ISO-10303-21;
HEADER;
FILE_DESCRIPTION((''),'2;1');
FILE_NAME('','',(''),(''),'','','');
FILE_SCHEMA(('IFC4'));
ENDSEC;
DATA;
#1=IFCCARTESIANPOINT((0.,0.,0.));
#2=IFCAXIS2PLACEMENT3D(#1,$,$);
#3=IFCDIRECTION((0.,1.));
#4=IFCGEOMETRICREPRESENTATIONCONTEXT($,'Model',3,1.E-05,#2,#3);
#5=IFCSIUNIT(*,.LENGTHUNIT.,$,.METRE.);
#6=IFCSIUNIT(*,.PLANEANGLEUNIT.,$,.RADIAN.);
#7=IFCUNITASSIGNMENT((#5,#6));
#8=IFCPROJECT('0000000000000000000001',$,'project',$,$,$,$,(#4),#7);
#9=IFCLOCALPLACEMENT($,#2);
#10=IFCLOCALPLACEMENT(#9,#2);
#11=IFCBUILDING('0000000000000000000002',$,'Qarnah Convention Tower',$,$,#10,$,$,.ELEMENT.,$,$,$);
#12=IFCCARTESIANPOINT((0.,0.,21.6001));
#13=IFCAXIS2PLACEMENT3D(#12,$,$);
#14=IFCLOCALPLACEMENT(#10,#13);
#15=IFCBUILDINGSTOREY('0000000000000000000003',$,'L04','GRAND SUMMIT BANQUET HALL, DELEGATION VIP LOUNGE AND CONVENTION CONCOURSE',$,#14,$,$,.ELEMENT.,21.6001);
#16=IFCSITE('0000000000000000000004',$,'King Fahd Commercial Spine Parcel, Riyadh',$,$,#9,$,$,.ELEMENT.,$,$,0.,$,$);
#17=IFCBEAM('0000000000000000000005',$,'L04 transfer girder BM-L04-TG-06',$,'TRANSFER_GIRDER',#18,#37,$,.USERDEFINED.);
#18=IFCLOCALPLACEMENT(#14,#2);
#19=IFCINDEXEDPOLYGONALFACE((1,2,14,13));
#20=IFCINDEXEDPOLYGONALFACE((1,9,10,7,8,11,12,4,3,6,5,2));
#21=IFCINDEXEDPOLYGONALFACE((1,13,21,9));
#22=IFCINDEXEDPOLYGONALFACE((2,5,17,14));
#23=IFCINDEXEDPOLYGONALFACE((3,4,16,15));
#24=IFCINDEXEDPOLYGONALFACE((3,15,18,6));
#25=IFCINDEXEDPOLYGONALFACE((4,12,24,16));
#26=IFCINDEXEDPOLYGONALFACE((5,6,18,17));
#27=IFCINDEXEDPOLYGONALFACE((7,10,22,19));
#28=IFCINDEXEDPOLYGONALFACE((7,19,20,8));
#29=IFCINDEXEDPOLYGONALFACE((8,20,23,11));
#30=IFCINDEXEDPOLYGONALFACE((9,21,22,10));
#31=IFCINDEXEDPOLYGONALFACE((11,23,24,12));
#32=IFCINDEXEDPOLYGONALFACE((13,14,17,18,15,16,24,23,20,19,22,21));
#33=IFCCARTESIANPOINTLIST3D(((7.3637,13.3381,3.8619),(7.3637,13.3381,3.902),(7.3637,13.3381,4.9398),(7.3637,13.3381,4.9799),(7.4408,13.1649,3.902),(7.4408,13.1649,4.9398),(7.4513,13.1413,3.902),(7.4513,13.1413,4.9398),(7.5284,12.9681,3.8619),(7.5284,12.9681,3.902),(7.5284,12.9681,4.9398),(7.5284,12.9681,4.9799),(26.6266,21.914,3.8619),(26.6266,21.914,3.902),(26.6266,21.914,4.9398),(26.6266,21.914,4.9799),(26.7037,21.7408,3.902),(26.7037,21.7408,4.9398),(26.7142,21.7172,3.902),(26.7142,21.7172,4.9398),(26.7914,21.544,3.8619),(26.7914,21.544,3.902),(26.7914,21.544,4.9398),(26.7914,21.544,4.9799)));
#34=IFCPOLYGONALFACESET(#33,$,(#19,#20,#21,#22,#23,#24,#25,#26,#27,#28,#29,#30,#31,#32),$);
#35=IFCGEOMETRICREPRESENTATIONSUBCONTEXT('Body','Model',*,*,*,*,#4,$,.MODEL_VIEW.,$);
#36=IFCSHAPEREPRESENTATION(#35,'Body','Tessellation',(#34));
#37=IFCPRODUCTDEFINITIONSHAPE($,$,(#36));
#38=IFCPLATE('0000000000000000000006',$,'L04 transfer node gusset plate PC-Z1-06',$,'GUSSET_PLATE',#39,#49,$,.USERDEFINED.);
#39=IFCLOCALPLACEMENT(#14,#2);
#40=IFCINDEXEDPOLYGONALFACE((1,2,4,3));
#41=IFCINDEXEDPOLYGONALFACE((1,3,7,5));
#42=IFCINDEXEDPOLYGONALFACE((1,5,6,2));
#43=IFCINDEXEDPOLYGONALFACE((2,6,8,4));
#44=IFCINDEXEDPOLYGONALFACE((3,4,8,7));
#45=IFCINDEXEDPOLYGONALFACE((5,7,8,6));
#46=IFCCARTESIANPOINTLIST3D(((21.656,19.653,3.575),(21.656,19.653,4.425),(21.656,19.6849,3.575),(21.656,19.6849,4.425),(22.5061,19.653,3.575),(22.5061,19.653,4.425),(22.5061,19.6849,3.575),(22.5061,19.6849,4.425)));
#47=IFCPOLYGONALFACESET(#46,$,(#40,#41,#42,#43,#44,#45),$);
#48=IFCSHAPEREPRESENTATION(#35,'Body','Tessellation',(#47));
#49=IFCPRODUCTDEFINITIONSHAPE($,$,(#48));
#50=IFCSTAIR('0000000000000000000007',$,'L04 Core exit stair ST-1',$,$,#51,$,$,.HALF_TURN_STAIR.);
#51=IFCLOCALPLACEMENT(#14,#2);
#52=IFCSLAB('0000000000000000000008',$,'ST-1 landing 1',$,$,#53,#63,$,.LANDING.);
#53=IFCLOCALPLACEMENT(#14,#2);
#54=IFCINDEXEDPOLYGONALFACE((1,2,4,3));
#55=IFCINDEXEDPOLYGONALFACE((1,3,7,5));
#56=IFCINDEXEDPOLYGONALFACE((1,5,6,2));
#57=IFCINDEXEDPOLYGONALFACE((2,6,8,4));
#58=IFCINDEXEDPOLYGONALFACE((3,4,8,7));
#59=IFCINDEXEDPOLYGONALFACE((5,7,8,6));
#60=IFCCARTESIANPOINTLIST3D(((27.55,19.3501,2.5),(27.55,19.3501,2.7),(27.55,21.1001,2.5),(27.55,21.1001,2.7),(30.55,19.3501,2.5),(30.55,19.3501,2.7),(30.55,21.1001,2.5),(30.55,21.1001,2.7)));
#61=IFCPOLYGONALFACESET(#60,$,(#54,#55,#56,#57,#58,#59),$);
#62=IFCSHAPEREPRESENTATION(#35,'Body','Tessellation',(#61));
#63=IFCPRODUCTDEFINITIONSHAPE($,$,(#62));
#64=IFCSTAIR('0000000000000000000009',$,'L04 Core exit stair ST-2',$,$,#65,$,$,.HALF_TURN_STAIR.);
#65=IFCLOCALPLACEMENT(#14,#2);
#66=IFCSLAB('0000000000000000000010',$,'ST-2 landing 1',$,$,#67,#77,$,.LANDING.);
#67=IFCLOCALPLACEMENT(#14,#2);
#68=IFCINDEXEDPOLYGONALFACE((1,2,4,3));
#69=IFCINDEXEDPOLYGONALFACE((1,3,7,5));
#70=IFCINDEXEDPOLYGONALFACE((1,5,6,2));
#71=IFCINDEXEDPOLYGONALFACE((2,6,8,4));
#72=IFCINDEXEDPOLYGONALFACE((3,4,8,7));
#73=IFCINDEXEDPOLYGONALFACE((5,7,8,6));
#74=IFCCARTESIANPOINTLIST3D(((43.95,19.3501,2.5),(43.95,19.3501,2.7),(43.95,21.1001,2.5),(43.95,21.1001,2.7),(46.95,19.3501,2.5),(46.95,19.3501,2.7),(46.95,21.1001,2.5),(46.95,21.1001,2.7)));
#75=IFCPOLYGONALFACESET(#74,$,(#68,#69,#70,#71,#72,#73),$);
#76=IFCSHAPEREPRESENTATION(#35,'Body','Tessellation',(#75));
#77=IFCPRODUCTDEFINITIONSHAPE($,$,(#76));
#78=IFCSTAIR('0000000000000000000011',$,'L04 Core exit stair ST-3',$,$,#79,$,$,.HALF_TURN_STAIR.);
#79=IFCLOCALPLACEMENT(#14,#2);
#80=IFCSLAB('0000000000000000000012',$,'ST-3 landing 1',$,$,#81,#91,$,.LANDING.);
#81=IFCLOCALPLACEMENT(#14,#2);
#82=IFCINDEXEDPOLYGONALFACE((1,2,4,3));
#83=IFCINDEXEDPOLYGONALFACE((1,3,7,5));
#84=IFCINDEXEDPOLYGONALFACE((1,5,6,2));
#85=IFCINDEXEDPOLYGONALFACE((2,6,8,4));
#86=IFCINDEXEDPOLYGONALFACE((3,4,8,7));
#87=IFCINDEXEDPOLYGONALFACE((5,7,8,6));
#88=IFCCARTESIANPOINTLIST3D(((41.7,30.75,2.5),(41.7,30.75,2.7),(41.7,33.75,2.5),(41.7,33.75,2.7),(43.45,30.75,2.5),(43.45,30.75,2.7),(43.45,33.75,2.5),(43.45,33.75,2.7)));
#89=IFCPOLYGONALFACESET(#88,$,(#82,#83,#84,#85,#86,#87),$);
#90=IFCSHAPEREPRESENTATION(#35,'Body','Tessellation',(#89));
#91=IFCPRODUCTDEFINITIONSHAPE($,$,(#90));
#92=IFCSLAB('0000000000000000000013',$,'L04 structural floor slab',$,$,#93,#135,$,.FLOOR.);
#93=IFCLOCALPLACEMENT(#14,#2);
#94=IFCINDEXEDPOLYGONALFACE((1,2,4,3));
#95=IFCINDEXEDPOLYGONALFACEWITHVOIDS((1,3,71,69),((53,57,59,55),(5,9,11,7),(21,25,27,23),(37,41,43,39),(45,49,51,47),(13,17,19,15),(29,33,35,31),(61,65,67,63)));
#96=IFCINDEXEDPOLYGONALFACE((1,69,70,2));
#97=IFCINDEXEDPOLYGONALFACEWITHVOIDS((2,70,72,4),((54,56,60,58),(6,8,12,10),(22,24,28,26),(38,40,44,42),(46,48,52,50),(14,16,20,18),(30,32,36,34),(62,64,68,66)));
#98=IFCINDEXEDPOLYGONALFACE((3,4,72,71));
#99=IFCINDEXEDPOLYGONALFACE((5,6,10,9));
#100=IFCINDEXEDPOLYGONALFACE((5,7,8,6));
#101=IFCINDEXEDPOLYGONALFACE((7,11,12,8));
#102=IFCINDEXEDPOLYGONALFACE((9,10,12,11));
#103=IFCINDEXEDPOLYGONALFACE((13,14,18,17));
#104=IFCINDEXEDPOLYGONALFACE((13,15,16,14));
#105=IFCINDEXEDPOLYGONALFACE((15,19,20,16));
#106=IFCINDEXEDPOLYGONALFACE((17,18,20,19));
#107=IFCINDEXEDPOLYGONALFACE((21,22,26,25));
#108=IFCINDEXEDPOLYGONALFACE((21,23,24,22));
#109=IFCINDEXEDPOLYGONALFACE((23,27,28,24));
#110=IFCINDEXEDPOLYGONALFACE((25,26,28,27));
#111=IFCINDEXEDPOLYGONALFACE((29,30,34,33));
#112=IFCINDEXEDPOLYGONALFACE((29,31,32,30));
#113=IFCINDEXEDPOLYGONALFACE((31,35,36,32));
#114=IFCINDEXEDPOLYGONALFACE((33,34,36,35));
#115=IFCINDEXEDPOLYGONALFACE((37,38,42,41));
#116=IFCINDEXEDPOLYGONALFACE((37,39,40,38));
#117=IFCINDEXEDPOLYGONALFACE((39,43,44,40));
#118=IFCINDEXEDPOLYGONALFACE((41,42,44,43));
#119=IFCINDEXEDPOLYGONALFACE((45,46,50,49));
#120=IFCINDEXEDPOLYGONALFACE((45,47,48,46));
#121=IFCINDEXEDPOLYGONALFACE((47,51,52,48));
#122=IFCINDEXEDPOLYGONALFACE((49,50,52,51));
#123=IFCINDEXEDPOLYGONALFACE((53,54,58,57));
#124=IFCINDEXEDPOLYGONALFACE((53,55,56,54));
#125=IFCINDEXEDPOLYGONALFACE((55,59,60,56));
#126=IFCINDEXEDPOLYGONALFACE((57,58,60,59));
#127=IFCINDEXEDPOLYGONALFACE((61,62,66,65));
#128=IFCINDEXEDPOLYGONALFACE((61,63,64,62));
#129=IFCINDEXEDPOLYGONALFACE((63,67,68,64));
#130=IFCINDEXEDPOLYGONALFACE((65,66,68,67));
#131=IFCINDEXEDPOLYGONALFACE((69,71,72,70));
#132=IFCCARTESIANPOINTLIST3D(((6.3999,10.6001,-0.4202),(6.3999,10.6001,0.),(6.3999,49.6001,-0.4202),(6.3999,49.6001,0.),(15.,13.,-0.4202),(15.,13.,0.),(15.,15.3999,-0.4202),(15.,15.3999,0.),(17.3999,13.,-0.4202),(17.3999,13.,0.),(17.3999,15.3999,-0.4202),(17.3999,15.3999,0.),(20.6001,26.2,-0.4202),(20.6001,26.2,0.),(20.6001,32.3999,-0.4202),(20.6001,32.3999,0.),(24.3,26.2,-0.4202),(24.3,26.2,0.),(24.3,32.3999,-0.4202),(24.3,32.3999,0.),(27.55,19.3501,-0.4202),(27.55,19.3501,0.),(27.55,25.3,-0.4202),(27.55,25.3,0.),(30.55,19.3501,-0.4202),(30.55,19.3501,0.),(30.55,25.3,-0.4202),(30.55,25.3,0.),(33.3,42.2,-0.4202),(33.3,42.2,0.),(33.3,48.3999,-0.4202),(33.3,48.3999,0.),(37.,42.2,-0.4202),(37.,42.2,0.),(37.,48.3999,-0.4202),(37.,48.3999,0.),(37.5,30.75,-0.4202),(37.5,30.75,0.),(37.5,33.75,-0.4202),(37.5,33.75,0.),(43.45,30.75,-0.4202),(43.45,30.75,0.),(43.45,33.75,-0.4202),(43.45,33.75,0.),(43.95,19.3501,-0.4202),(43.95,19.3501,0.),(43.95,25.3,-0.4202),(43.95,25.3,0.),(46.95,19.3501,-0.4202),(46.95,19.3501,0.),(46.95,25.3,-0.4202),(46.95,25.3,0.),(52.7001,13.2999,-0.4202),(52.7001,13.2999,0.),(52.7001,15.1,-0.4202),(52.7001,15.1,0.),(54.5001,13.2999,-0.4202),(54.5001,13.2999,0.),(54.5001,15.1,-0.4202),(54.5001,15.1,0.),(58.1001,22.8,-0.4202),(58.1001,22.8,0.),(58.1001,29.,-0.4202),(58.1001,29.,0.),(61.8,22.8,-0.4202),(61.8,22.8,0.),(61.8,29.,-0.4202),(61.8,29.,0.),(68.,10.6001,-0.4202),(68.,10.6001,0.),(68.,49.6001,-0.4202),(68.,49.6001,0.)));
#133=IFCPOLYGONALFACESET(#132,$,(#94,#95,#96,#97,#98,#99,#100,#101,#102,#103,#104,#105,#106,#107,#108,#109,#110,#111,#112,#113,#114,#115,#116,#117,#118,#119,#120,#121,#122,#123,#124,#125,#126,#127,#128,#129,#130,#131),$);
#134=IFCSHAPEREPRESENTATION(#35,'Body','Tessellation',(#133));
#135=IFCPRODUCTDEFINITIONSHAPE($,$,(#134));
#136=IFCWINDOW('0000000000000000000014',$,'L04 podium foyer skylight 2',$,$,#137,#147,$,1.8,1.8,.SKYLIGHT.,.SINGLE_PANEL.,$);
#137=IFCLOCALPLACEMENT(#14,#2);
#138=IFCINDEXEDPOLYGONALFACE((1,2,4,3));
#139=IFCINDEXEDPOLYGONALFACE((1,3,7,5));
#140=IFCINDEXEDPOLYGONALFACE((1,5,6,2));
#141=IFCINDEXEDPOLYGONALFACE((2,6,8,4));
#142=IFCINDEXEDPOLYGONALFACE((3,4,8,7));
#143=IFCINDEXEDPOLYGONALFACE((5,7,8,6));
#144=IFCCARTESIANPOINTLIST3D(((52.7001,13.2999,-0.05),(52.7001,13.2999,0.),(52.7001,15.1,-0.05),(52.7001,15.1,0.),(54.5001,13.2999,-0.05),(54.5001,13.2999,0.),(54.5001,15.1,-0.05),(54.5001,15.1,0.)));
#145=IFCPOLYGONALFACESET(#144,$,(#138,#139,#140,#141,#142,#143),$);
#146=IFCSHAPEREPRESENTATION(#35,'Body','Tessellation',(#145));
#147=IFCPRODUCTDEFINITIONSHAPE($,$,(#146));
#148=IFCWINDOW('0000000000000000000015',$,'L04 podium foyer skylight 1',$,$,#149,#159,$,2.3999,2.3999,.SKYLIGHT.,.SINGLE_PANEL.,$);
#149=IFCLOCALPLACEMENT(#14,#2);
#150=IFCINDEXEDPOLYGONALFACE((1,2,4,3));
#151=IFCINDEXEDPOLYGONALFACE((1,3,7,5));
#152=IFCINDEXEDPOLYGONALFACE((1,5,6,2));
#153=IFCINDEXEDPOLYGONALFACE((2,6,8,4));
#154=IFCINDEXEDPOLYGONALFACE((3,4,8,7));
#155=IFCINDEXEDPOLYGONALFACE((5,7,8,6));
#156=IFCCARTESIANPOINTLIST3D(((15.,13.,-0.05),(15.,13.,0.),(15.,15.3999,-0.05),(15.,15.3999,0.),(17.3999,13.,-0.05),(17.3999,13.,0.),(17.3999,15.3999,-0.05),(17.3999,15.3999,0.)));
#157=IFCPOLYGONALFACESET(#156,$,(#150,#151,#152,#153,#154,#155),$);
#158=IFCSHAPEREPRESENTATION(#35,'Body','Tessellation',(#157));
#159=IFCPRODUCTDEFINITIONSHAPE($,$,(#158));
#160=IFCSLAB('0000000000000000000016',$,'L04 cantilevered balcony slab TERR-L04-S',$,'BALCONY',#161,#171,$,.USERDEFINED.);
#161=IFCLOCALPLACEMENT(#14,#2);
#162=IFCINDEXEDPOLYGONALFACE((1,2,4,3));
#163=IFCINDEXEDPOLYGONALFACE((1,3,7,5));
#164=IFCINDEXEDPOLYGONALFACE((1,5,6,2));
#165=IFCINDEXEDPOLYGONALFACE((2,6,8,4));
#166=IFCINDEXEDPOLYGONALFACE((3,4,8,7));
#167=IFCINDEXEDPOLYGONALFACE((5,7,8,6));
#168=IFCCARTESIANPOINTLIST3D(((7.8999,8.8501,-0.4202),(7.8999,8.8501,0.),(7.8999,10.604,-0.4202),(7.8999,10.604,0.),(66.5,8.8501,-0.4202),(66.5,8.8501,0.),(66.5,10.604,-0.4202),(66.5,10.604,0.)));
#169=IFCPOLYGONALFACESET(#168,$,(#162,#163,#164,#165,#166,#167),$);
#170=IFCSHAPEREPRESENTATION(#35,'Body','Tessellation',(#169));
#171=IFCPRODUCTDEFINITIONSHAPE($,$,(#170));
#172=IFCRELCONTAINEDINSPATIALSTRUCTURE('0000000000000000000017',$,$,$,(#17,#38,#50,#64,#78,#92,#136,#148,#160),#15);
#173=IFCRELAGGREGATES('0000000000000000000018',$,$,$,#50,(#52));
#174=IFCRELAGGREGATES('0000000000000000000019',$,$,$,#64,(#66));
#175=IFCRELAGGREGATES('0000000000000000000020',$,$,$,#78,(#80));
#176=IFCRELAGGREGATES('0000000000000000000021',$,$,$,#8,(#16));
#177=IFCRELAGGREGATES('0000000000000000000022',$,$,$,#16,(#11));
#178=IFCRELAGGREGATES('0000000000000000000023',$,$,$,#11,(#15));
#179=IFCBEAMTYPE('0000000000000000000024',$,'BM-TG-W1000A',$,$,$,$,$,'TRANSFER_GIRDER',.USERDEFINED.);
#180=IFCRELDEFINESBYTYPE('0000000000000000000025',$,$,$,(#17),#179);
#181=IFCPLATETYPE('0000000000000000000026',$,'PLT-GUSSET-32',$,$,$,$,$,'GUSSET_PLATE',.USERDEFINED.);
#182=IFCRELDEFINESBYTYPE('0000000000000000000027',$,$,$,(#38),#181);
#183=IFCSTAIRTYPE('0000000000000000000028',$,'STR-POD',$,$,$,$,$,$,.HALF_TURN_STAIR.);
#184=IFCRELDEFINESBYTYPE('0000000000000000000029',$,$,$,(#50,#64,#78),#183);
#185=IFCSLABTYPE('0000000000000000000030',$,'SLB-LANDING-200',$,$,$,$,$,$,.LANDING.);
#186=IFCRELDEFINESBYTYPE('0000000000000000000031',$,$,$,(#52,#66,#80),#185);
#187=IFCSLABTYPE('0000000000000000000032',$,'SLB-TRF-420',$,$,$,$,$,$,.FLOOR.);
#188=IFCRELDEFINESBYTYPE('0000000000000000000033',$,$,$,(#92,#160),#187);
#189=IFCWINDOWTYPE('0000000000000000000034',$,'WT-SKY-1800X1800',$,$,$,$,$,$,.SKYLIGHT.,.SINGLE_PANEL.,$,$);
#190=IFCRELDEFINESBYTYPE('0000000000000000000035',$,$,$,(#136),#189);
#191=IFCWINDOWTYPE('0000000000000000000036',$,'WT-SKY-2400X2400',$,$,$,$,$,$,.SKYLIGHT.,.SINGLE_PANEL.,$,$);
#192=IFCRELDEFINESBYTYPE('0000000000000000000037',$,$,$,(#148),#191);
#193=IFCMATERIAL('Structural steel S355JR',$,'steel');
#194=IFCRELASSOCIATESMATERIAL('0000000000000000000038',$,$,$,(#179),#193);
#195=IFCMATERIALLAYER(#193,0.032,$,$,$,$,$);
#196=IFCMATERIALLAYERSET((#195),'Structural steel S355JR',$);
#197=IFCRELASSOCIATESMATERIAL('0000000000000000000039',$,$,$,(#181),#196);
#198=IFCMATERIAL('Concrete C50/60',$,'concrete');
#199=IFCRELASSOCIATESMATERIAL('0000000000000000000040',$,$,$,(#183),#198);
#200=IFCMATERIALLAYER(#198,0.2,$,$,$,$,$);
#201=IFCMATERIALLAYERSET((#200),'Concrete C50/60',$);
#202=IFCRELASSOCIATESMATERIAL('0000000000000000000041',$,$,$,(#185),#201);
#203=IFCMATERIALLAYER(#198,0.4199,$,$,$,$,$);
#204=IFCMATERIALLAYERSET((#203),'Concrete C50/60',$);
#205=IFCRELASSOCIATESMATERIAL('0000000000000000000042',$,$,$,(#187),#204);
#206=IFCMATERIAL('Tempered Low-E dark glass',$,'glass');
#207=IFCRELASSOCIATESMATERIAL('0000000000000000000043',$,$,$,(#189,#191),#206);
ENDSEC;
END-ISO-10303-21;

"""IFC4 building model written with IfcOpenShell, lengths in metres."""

from ifc_helpers import new_model, si_unit, direction, frame, origin, origin_2d, place, context, subcontext, project, spatial, polyline, rectangle, i_section, outline, extrude, material, layer, layer_set, material_profile, profile_set, type_object, element, fill, aggregate, save


model = new_model("IFC4")

# Units and contexts
model_context = context("Model", 3, precision=1e-05, world=origin(), true_north=direction((0.0, 1.0)))
body_context = subcontext(model_context, "Body", "Model", "MODEL_VIEW")
ifc_project = project(units=[si_unit("LENGTHUNIT", "METRE"), si_unit("PLANEANGLEUNIT", "RADIAN")], contexts=[model_context])

# Site, building, storey
site_placement = place(None, origin())
site = spatial("IfcSite", under=ifc_project, at=site_placement, Name="King Fahd Commercial Spine Parcel, Riyadh", CompositionType="ELEMENT", RefElevation=0.0)
building_placement = place(site_placement, origin())
building = spatial("IfcBuilding", under=site, at=building_placement, Name="Qarnah Convention Tower", CompositionType="ELEMENT")
storey_placement = place(building_placement, frame((0.0, 0.0, 21.6001)))
storey = spatial("IfcBuildingStorey", under=building, at=storey_placement, Name="L04", Description="GRAND SUMMIT BANQUET HALL, DELEGATION VIP LOUNGE AND CONVENTION CONCOURSE", CompositionType="ELEMENT", Elevation=21.6001)

# Beam
ifc_material_1 = material(Name="Structural steel S355JR", Category="steel")
ifc_material_profile_1 = material_profile(ifc_material_1, i_section(OverallWidth=0.405, OverallDepth=1.1179, WebThickness=0.0259, FlangeThickness=0.04, at=origin_2d()), Name="W1100X499")
ifc_profile_set_1 = profile_set([ifc_material_profile_1], Name="Structural steel S355JR")
beam_type_1 = type_object("IfcBeamType", Name="BM-TG-W1000A", ElementType="TRANSFER_GIRDER", PredefinedType="USERDEFINED", material=ifc_profile_set_1)
beam_1_placement = place(storey_placement, frame((26.709, 21.729, 4.4209), z_axis=(-0.913554, -0.406717, 0.0), x_axis=(0.406717, -0.913554, 0.0)))
element("IfcBeam", 1, at=beam_1_placement, inside=storey, type_object=beam_type_1, Name="L04 transfer girder BM-L04-TG-06", ObjectType="TRANSFER_GIRDER", PredefinedType="USERDEFINED", context=body_context, shape_type="SweptSolid", body=[
    extrude(i_section(OverallWidth=0.405, OverallDepth=1.1179, WebThickness=0.0259, FlangeThickness=0.04, at=origin_2d()), origin(), (0.0, 0.0, 1.0), 21.0857),
])

# Plate
ifc_layer_1 = layer(ifc_material_1, 0.032)
ifc_layer_set_1 = layer_set([ifc_layer_1], Name="Structural steel S355JR")
plate_type = type_object("IfcPlateType", Name="PLT-GUSSET-32", ElementType="GUSSET_PLATE", PredefinedType="USERDEFINED", material=ifc_layer_set_1)
plate_placement = place(storey_placement, frame((22.0811, 19.6689, 3.575), z_axis=(0.0, 0.0, 1.0), x_axis=(1.0, 0.0, 0.0)))
element("IfcPlate", 2, at=plate_placement, inside=storey, type_object=plate_type, Name="L04 transfer node gusset plate PC-Z1-06", ObjectType="GUSSET_PLATE", PredefinedType="USERDEFINED", context=body_context, shape_type="SweptSolid", body=[
    extrude(rectangle(XDim=0.8501, YDim=0.032, at=origin_2d()), origin(), (0.0, 0.0, 1.0), 0.8501),
])

# Stairs, slabs
ifc_material_2 = material(Name="Concrete C50/60", Category="concrete")
stair_type = type_object("IfcStairType", Name="STR-POD", PredefinedType="HALF_TURN_STAIR", material=ifc_material_2)
stair_1_placement = place(storey_placement, origin())
stair_1 = element("IfcStair", 3, at=stair_1_placement, inside=storey, type_object=stair_type, Name="L04 Core exit stair ST-1", PredefinedType="HALF_TURN_STAIR")
ifc_layer_2 = layer(ifc_material_2, 0.2)
ifc_layer_set_2 = layer_set([ifc_layer_2], Name="Concrete C50/60")
slab_type_1 = type_object("IfcSlabType", Name="SLB-LANDING-200", PredefinedType="LANDING", material=ifc_layer_set_2)
slab_1_placement = place(storey_placement, frame((0.0, 0.0, 2.5)))
slab_1 = element("IfcSlab", 4, at=slab_1_placement, type_object=slab_type_1, Name="ST-1 landing 1", PredefinedType="LANDING", context=body_context, shape_type="SweptSolid", body=[
    extrude(outline(polyline([(27.55, 21.1001), (27.55, 19.3501), (30.55, 19.3501), (30.55, 21.1001), (27.55, 21.1001)])), origin(), (0.0, 0.0, 1.0), 0.2),
])
aggregate(stair_1, [slab_1])
stair_2_placement = place(storey_placement, origin())
stair_2 = element("IfcStair", 5, at=stair_2_placement, inside=storey, type_object=stair_type, Name="L04 Core exit stair ST-2", PredefinedType="HALF_TURN_STAIR")
slab_2_placement = place(storey_placement, frame((0.0, 0.0, 2.5)))
slab_2 = element("IfcSlab", 6, at=slab_2_placement, type_object=slab_type_1, Name="ST-2 landing 1", PredefinedType="LANDING", context=body_context, shape_type="SweptSolid", body=[
    extrude(outline(polyline([(43.95, 21.1001), (43.95, 19.3501), (46.95, 19.3501), (46.95, 21.1001), (43.95, 21.1001)])), origin(), (0.0, 0.0, 1.0), 0.2),
])
aggregate(stair_2, [slab_2])
stair_3_placement = place(storey_placement, origin())
stair_3 = element("IfcStair", 7, at=stair_3_placement, inside=storey, type_object=stair_type, Name="L04 Core exit stair ST-3", PredefinedType="HALF_TURN_STAIR")
slab_3_placement = place(storey_placement, frame((0.0, 0.0, 2.5)))
slab_3 = element("IfcSlab", 8, at=slab_3_placement, type_object=slab_type_1, Name="ST-3 landing 1", PredefinedType="LANDING", context=body_context, shape_type="SweptSolid", body=[
    extrude(outline(polyline([(41.7, 30.75), (43.45, 30.75), (43.45, 33.75), (41.7, 33.75), (41.7, 30.75)])), origin(), (0.0, 0.0, 1.0), 0.2),
])
aggregate(stair_3, [slab_3])

# Slab, openings, windows
ifc_layer_3 = layer(ifc_material_2, 0.4199)
ifc_layer_set_3 = layer_set([ifc_layer_3], Name="Concrete C50/60")
slab_type_2 = type_object("IfcSlabType", Name="SLB-TRF-420", PredefinedType="FLOOR", material=ifc_layer_set_3)
slab_4_placement = place(storey_placement, frame((0.0, 0.0, -0.4202)))
slab_4 = element("IfcSlab", 9, at=slab_4_placement, inside=storey, type_object=slab_type_2, Name="L04 structural floor slab", PredefinedType="FLOOR", context=body_context, shape_type="SweptSolid", body=[
    extrude(outline(polyline([(6.3999, 10.6001), (68.0, 10.6001), (68.0, 49.6001), (6.3999, 49.6001), (6.3999, 10.6001)]), holes=[polyline([(27.55, 25.3), (27.55, 19.3501), (30.55, 19.3501), (30.55, 25.3), (27.55, 25.3)]), polyline([(43.95, 25.3), (43.95, 19.3501), (46.95, 19.3501), (46.95, 25.3), (43.95, 25.3)]), polyline([(37.5, 30.75), (43.45, 30.75), (43.45, 33.75), (37.5, 33.75), (37.5, 30.75)]), polyline([(61.8, 22.8), (61.8, 29.0), (58.1001, 29.0), (58.1001, 22.8), (61.8, 22.8)]), polyline([(24.3, 26.2), (24.3, 32.3999), (20.6001, 32.3999), (20.6001, 26.2), (24.3, 26.2)]), polyline([(37.0, 42.2), (37.0, 48.3999), (33.3, 48.3999), (33.3, 42.2), (37.0, 42.2)])]), origin(), (0.0, 0.0, 1.0), 0.4202),
])
opening_1_placement = place(slab_4_placement, frame((16.2, 14.2, 0.0)))
opening_1 = element("IfcOpeningElement", 10, at=opening_1_placement, cuts=slab_4, PredefinedType="OPENING", context=body_context, shape_type="SweptSolid", body=[
    extrude(rectangle(XDim=2.3999, YDim=2.3999, at=origin_2d()), origin(), (0.0, 0.0, 1.0), 0.4202),
])
opening_2_placement = place(slab_4_placement, frame((53.6001, 14.2, 0.0)))
opening_2 = element("IfcOpeningElement", 11, at=opening_2_placement, cuts=slab_4, PredefinedType="OPENING", context=body_context, shape_type="SweptSolid", body=[
    extrude(rectangle(XDim=1.8, YDim=1.8, at=origin_2d()), origin(), (0.0, 0.0, 1.0), 0.4202),
])
ifc_material_3 = material(Name="Tempered Low-E dark glass", Category="glass")
window_type_1 = type_object("IfcWindowType", Name="WT-SKY-1800X1800", PartitioningType="SINGLE_PANEL", PredefinedType="SKYLIGHT", material=ifc_material_3)
window_1_placement = place(opening_2_placement, frame((0.0, 0.0, 0.3701)))
window_1 = element("IfcWindow", 12, at=window_1_placement, inside=storey, type_object=window_type_1, Name="L04 podium foyer skylight 2", OverallHeight=1.8, OverallWidth=1.8, PartitioningType="SINGLE_PANEL", PredefinedType="SKYLIGHT", context=body_context, shape_type="SweptSolid", body=[
    extrude(rectangle(XDim=1.8, YDim=1.8, at=origin_2d()), origin(), (0.0, 0.0, 1.0), 0.05),
])
fill(opening_2, window_1)
window_type_2 = type_object("IfcWindowType", Name="WT-SKY-2400X2400", PartitioningType="SINGLE_PANEL", PredefinedType="SKYLIGHT", material=ifc_material_3)
window_2_placement = place(opening_1_placement, frame((0.0, 0.0, 0.3701)))
window_2 = element("IfcWindow", 13, at=window_2_placement, inside=storey, type_object=window_type_2, Name="L04 podium foyer skylight 1", OverallHeight=2.3999, OverallWidth=2.3999, PartitioningType="SINGLE_PANEL", PredefinedType="SKYLIGHT", context=body_context, shape_type="SweptSolid", body=[
    extrude(rectangle(XDim=2.3999, YDim=2.3999, at=origin_2d()), origin(), (0.0, 0.0, 1.0), 0.05),
])
fill(opening_1, window_2)

# Slab
slab_5_placement = place(storey_placement, frame((0.0, 0.0, -0.4202)))
element("IfcSlab", 14, at=slab_5_placement, inside=storey, type_object=slab_type_2, Name="L04 cantilevered balcony slab TERR-L04-S", ObjectType="BALCONY", PredefinedType="USERDEFINED", context=body_context, shape_type="SweptSolid", body=[
    extrude(outline(polyline([(66.5, 8.8501), (7.8999, 8.8501), (7.8999, 10.604), (66.5, 10.604), (66.5, 8.8501)])), origin(), (0.0, 0.0, 1.0), 0.4202),
])

save(model, "model.ifc")
